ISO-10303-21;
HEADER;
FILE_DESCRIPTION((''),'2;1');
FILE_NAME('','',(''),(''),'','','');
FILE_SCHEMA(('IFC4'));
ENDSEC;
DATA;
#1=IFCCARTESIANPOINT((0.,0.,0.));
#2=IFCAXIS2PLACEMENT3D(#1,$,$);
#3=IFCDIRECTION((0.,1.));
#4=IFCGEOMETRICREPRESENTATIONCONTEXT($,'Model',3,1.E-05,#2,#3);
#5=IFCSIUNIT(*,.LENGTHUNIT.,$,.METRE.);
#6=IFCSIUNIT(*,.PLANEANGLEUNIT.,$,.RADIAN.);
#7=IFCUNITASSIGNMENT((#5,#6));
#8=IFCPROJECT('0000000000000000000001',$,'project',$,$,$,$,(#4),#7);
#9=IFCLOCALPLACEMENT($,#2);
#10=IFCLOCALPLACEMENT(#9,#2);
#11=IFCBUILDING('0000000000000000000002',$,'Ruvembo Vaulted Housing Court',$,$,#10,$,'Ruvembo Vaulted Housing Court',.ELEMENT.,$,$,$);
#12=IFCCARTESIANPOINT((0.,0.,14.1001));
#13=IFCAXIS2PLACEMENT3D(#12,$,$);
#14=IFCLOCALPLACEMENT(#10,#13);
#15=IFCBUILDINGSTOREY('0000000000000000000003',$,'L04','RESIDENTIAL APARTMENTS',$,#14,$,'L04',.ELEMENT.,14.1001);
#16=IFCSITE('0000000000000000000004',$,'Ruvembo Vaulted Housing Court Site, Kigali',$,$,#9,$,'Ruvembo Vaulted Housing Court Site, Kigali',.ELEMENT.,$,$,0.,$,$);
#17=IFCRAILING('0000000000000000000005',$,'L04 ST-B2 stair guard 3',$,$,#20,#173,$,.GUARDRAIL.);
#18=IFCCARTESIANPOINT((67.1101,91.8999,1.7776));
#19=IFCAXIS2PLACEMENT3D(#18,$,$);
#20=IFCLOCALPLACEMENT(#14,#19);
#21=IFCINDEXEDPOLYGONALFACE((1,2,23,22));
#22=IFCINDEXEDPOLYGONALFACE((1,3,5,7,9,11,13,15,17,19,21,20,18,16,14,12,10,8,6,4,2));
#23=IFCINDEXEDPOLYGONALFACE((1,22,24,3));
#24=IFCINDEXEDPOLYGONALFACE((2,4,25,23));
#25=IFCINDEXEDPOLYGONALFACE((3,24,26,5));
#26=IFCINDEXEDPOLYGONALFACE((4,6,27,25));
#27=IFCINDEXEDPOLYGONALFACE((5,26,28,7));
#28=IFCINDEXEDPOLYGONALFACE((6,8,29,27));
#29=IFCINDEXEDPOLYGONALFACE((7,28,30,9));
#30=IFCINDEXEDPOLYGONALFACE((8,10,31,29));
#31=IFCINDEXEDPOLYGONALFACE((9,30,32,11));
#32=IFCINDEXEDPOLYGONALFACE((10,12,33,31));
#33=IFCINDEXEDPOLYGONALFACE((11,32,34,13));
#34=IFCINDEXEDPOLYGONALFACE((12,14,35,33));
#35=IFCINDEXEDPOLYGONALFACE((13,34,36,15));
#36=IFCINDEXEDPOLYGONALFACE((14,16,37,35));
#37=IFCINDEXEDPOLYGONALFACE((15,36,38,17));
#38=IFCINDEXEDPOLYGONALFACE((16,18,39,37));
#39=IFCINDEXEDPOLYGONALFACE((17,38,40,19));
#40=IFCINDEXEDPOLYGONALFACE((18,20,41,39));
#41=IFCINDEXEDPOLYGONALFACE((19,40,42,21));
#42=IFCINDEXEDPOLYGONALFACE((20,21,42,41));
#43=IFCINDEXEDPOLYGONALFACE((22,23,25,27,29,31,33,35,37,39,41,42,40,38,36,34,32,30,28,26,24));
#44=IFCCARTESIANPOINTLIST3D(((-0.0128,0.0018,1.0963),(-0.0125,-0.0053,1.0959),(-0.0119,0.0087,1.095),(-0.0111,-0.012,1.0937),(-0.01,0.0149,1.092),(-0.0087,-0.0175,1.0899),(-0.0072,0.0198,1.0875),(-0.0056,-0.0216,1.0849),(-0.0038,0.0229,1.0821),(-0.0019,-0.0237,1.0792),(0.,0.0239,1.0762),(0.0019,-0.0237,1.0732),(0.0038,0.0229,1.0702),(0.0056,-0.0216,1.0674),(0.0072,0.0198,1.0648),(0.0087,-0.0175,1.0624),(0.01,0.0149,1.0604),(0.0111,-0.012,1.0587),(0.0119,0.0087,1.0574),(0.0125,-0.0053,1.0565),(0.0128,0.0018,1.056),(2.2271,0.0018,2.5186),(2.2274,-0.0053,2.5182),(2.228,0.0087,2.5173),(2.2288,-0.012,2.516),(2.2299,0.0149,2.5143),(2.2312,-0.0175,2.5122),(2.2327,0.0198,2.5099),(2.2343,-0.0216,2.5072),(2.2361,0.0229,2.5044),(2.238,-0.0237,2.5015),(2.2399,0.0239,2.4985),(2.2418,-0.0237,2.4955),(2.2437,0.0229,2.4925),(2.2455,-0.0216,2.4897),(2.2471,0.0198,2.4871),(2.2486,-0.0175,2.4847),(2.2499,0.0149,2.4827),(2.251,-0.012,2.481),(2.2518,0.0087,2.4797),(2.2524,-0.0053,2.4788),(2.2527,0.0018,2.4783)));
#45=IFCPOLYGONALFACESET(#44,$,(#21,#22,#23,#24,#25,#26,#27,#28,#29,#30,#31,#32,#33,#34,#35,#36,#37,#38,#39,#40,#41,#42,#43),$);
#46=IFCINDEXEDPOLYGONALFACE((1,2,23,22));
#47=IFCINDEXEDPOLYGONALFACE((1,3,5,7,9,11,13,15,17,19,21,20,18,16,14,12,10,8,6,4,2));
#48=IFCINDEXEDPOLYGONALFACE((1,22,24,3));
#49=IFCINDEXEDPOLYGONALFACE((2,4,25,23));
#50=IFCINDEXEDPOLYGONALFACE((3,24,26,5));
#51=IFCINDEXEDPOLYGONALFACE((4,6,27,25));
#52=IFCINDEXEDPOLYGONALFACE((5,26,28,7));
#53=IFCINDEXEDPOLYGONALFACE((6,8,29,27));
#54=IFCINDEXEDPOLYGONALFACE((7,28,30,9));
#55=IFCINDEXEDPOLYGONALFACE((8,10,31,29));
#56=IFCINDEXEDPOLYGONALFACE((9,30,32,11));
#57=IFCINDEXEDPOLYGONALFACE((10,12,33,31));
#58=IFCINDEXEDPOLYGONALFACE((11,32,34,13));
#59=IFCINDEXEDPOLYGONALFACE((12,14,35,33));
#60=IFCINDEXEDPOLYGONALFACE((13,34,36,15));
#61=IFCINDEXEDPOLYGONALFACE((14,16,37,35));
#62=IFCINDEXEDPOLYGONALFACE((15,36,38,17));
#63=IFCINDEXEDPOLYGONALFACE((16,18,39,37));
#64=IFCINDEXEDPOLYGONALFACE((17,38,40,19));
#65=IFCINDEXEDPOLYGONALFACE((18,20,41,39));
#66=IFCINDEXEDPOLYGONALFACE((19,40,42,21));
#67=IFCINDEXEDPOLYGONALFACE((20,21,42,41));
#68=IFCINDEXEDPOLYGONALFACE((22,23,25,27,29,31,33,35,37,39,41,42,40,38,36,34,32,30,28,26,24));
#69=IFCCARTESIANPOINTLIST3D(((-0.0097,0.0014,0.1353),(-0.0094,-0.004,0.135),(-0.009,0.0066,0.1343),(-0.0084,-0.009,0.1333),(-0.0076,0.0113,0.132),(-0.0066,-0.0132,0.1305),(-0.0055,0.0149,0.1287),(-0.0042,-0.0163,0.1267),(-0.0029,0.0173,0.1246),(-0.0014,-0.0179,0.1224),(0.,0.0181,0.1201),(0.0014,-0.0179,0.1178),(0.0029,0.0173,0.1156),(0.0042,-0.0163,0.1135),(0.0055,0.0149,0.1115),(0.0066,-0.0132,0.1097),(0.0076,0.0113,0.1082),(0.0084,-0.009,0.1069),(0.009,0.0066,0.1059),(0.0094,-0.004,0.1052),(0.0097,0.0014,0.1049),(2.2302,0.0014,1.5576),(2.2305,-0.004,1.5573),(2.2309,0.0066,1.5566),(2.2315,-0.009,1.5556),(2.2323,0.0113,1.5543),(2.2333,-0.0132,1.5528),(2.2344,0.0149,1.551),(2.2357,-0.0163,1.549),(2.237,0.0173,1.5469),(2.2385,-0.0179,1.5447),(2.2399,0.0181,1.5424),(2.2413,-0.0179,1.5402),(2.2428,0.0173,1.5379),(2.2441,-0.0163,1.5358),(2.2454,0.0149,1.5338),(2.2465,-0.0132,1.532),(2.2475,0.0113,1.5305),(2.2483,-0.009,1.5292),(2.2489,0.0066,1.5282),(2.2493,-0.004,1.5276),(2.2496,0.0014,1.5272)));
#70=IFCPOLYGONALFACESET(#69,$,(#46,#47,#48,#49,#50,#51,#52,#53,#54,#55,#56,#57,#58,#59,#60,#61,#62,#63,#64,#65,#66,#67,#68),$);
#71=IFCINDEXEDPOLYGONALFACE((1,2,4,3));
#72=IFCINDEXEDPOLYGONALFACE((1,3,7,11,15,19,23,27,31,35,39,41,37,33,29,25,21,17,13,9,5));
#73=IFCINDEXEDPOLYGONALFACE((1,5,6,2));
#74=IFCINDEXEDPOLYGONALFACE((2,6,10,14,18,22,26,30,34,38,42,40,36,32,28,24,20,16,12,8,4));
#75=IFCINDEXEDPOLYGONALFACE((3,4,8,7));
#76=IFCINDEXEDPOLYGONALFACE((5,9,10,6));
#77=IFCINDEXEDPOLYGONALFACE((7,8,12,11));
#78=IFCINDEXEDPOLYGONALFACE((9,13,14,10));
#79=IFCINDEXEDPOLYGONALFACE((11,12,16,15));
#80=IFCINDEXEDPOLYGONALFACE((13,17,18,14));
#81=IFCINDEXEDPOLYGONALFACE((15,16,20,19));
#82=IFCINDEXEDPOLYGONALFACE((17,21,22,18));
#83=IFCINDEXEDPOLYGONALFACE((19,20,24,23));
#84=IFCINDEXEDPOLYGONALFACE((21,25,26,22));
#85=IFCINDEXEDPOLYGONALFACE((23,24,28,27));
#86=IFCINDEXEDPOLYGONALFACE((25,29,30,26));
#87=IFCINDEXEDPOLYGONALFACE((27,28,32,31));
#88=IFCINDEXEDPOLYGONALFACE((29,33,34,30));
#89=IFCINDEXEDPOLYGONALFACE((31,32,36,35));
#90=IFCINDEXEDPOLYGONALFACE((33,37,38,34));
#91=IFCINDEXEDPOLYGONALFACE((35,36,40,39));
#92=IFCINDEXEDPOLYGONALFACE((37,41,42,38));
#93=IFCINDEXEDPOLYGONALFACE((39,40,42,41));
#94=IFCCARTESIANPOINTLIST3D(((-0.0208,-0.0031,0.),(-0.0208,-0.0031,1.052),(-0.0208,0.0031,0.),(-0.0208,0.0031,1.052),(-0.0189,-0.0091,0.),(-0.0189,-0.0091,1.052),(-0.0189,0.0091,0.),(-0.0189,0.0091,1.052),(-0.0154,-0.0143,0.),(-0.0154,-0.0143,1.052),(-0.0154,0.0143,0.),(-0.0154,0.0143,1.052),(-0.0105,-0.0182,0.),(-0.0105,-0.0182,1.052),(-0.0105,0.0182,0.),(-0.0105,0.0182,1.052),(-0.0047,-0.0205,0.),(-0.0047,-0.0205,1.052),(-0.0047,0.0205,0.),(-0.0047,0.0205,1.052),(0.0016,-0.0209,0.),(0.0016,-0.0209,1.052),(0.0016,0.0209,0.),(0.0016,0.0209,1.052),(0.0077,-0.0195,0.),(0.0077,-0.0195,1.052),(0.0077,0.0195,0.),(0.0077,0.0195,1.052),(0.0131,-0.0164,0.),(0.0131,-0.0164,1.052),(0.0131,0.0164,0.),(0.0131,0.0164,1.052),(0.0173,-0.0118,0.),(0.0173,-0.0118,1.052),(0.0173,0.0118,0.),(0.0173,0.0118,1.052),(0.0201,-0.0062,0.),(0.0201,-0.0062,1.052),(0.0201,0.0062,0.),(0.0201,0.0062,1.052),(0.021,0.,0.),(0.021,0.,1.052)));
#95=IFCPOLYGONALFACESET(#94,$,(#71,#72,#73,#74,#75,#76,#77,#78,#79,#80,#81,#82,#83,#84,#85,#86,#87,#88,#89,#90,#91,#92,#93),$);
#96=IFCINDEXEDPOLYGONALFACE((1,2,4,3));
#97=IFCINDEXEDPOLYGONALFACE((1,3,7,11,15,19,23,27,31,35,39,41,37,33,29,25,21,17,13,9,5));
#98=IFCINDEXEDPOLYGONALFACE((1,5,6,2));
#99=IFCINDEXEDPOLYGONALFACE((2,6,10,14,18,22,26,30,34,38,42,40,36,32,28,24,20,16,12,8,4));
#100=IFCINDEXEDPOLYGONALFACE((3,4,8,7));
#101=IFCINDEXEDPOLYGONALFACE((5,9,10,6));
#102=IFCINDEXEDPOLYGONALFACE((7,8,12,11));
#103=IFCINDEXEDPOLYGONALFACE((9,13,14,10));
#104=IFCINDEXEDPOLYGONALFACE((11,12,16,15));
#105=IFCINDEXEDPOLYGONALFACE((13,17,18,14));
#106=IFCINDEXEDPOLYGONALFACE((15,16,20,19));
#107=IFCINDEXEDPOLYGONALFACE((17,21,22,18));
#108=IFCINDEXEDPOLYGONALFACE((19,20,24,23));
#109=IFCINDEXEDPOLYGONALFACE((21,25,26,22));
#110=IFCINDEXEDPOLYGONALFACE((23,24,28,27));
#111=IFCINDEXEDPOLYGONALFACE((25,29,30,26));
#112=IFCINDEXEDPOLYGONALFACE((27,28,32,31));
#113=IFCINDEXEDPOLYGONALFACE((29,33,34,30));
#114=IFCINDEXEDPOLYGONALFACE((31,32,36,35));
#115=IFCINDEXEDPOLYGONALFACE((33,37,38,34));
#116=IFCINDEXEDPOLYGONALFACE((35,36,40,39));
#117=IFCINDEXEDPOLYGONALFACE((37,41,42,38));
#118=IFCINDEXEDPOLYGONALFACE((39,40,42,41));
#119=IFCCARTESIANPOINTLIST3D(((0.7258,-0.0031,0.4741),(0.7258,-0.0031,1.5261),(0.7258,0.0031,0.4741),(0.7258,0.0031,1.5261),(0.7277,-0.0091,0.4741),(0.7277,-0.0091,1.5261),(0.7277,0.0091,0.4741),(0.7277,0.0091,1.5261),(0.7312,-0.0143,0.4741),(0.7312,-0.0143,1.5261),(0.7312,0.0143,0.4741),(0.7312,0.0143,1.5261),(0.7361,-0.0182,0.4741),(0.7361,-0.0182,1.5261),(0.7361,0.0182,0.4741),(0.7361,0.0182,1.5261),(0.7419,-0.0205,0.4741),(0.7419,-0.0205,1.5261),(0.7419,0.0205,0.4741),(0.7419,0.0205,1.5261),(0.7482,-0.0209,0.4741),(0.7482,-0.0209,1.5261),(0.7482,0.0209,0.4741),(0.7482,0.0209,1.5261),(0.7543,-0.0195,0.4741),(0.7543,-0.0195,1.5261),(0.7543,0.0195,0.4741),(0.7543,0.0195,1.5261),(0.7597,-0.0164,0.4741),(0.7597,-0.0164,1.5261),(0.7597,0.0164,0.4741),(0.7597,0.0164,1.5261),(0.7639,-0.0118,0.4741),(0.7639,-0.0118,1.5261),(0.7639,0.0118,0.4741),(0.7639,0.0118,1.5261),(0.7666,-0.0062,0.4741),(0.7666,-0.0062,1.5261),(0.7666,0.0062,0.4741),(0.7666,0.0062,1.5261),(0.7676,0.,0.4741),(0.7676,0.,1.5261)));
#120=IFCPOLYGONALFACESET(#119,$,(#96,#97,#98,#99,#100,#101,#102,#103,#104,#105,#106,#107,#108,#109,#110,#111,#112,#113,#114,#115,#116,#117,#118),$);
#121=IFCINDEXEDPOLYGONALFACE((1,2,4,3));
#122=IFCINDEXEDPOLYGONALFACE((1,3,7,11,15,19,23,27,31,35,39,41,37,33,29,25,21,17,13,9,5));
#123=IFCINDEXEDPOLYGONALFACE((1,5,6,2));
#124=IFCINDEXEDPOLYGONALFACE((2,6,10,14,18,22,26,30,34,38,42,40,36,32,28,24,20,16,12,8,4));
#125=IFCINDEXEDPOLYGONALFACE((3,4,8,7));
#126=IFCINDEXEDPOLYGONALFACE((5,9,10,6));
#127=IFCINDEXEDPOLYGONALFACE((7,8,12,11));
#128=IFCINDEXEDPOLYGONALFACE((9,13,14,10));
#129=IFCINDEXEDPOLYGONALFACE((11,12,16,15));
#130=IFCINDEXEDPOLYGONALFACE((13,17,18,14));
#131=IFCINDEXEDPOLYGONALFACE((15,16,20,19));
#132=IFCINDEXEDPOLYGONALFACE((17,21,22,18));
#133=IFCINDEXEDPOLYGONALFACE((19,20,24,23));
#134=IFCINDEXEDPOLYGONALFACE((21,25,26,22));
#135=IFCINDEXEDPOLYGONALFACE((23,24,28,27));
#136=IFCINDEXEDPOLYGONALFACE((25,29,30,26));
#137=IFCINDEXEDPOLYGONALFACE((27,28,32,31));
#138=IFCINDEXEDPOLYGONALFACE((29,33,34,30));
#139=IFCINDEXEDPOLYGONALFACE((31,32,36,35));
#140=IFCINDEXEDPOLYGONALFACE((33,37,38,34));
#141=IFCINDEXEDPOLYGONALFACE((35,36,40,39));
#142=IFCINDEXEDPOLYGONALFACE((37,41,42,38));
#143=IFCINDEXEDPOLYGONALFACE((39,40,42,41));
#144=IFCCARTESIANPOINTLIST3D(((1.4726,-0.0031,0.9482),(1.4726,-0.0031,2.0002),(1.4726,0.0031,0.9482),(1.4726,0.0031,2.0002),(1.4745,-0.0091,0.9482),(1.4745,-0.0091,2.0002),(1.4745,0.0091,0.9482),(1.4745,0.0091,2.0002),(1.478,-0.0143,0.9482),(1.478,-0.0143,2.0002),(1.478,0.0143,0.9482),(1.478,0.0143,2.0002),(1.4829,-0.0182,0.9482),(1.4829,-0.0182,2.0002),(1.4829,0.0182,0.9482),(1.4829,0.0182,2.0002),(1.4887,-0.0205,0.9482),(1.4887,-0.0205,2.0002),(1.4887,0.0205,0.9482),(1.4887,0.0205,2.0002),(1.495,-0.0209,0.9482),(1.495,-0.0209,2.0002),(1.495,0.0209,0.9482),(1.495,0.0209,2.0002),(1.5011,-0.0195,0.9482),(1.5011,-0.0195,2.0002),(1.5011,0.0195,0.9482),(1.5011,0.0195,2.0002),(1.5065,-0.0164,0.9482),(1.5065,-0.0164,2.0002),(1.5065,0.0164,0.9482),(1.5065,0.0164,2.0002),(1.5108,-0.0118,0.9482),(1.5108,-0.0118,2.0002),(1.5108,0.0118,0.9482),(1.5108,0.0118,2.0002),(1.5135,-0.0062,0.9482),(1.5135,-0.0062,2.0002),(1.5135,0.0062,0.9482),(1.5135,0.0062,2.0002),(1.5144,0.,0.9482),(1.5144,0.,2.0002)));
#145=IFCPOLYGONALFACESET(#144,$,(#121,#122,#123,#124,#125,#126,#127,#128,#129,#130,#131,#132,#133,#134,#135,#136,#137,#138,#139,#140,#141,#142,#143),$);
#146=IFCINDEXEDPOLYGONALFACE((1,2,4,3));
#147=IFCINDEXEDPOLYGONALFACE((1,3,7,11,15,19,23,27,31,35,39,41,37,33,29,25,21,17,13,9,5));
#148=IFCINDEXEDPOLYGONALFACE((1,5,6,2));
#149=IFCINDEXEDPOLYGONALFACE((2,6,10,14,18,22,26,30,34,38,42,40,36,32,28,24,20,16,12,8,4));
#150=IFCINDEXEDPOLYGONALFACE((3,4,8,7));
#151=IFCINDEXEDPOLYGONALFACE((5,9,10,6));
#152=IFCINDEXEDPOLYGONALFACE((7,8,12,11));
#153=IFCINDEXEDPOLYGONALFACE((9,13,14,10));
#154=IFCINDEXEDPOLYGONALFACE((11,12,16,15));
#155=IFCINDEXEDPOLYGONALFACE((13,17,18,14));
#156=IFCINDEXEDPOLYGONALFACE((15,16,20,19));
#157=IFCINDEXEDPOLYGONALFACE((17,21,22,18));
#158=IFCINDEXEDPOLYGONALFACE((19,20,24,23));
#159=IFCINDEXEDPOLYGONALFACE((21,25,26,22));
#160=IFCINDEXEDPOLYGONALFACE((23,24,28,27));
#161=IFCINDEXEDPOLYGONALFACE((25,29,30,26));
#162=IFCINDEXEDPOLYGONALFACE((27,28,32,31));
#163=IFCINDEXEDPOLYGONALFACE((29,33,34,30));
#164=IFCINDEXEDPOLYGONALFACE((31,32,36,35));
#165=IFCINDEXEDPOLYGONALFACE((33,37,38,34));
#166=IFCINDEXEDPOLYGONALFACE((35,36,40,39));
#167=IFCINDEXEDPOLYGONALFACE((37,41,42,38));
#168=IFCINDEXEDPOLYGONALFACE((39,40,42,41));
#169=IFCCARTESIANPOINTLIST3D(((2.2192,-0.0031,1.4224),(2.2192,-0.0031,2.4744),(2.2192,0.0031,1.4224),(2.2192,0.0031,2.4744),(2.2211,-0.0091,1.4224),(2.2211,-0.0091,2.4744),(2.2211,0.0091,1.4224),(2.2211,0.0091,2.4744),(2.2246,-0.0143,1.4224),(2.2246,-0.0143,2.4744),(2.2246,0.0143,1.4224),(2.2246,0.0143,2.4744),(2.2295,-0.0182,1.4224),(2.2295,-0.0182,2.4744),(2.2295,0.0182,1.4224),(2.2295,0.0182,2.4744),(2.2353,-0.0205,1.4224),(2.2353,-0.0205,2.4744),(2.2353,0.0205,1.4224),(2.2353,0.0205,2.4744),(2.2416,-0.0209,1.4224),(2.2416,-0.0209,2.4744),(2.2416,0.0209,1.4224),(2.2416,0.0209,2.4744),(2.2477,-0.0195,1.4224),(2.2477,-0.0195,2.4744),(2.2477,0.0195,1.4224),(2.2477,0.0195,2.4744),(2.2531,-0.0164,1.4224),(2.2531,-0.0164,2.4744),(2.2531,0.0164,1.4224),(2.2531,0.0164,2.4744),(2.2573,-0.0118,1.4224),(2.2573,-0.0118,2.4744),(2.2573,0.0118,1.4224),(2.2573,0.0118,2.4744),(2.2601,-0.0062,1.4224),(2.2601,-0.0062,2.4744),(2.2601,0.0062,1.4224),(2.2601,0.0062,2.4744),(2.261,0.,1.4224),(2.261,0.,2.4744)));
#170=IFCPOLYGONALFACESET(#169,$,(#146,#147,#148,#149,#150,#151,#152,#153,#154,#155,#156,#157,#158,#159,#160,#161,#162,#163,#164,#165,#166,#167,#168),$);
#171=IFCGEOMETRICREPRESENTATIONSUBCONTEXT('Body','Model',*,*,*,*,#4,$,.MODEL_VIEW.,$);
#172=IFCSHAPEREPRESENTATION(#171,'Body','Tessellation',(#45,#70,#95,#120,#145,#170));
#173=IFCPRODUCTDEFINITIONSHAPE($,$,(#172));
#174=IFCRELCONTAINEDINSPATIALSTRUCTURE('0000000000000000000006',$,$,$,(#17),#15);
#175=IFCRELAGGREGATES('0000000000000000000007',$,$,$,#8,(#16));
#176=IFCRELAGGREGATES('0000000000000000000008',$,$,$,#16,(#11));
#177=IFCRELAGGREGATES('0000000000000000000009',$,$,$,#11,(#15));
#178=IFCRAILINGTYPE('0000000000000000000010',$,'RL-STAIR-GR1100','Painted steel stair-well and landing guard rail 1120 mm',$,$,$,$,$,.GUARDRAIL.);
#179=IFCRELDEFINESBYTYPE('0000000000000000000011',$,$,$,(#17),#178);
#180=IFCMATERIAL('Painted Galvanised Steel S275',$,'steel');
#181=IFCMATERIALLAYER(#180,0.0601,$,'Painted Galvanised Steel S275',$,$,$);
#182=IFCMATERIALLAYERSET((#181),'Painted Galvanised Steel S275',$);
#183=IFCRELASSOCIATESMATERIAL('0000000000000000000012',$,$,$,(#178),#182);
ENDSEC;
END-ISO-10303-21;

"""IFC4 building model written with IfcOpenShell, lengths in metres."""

from ifc_helpers import new_model, si_unit, direction, frame, origin, origin_2d, place, context, subcontext, project, spatial, circle, extrude, material, layer, layer_set, type_object, element, save


model = new_model("IFC4")

# Units and contexts
model_context = context("Model", 3, precision=1e-05, world=origin(), true_north=direction((0.0, 1.0)))
body_context = subcontext(model_context, "Body", "Model", "MODEL_VIEW")
ifc_project = project(units=[si_unit("LENGTHUNIT", "METRE"), si_unit("PLANEANGLEUNIT", "RADIAN")], contexts=[model_context])

# Site, building, storey
site_placement = place(None, origin())
site = spatial("IfcSite", under=ifc_project, at=site_placement, Name="Ruvembo Vaulted Housing Court Site, Kigali", LongName="Ruvembo Vaulted Housing Court Site, Kigali", CompositionType="ELEMENT", RefElevation=0.0)
building_placement = place(site_placement, origin())
building = spatial("IfcBuilding", under=site, at=building_placement, Name="Ruvembo Vaulted Housing Court", LongName="Ruvembo Vaulted Housing Court", CompositionType="ELEMENT")
storey_placement = place(building_placement, frame((0.0, 0.0, 14.1001)))
storey = spatial("IfcBuildingStorey", under=building, at=storey_placement, Name="L04", Description="RESIDENTIAL APARTMENTS", LongName="L04", CompositionType="ELEMENT", Elevation=14.1001)

# Railing
ifc_material_1 = material(Name="Painted Galvanised Steel S275", Category="steel")
ifc_layer_1 = layer(ifc_material_1, 0.0601, Name="Painted Galvanised Steel S275")
ifc_layer_set_1 = layer_set([ifc_layer_1], Name="Painted Galvanised Steel S275")
railing_type_1 = type_object("IfcRailingType", Name="RL-STAIR-GR1100", Description="Painted steel stair-well and landing guard rail 1120 mm", PredefinedType="GUARDRAIL", material=ifc_layer_set_1)
railing_1_placement = place(storey_placement, frame((67.1101, 91.8999, 1.7776)))
element("IfcRailing", 1, at=railing_1_placement, inside=storey, type_object=railing_type_1, Name="L04 ST-B2 stair guard 3", PredefinedType="GUARDRAIL", context=body_context, shape_type="SweptSolid", body=[
    extrude(circle(Radius=0.0239, at=origin_2d()), frame((0.0, 0.0, 1.0762), z_axis=(0.844188, 0.0, 0.536048), x_axis=(0.0, 1.0, 0.0)), (0.0, 0.0, 1.0), 2.6533),
    extrude(circle(Radius=0.0181, at=origin_2d()), frame((0.0, 0.0, 0.1201), z_axis=(0.844188, 0.0, 0.536048), x_axis=(0.0, 1.0, 0.0)), (0.0, 0.0, 1.0), 2.6533),
    extrude(circle(Radius=0.021, at=origin_2d()), origin(), (0.0, 0.0, 1.0), 1.052),
    extrude(circle(Radius=0.021, at=origin_2d()), frame((0.7466, 0.0, 0.4741)), (0.0, 0.0, 1.0), 1.052),
    extrude(circle(Radius=0.021, at=origin_2d()), frame((1.4934, 0.0, 0.9482)), (0.0, 0.0, 1.0), 1.052),
    extrude(circle(Radius=0.021, at=origin_2d()), frame((2.24, 0.0, 1.4224)), (0.0, 0.0, 1.0), 1.052),
])

save(model, "model.ifc")
